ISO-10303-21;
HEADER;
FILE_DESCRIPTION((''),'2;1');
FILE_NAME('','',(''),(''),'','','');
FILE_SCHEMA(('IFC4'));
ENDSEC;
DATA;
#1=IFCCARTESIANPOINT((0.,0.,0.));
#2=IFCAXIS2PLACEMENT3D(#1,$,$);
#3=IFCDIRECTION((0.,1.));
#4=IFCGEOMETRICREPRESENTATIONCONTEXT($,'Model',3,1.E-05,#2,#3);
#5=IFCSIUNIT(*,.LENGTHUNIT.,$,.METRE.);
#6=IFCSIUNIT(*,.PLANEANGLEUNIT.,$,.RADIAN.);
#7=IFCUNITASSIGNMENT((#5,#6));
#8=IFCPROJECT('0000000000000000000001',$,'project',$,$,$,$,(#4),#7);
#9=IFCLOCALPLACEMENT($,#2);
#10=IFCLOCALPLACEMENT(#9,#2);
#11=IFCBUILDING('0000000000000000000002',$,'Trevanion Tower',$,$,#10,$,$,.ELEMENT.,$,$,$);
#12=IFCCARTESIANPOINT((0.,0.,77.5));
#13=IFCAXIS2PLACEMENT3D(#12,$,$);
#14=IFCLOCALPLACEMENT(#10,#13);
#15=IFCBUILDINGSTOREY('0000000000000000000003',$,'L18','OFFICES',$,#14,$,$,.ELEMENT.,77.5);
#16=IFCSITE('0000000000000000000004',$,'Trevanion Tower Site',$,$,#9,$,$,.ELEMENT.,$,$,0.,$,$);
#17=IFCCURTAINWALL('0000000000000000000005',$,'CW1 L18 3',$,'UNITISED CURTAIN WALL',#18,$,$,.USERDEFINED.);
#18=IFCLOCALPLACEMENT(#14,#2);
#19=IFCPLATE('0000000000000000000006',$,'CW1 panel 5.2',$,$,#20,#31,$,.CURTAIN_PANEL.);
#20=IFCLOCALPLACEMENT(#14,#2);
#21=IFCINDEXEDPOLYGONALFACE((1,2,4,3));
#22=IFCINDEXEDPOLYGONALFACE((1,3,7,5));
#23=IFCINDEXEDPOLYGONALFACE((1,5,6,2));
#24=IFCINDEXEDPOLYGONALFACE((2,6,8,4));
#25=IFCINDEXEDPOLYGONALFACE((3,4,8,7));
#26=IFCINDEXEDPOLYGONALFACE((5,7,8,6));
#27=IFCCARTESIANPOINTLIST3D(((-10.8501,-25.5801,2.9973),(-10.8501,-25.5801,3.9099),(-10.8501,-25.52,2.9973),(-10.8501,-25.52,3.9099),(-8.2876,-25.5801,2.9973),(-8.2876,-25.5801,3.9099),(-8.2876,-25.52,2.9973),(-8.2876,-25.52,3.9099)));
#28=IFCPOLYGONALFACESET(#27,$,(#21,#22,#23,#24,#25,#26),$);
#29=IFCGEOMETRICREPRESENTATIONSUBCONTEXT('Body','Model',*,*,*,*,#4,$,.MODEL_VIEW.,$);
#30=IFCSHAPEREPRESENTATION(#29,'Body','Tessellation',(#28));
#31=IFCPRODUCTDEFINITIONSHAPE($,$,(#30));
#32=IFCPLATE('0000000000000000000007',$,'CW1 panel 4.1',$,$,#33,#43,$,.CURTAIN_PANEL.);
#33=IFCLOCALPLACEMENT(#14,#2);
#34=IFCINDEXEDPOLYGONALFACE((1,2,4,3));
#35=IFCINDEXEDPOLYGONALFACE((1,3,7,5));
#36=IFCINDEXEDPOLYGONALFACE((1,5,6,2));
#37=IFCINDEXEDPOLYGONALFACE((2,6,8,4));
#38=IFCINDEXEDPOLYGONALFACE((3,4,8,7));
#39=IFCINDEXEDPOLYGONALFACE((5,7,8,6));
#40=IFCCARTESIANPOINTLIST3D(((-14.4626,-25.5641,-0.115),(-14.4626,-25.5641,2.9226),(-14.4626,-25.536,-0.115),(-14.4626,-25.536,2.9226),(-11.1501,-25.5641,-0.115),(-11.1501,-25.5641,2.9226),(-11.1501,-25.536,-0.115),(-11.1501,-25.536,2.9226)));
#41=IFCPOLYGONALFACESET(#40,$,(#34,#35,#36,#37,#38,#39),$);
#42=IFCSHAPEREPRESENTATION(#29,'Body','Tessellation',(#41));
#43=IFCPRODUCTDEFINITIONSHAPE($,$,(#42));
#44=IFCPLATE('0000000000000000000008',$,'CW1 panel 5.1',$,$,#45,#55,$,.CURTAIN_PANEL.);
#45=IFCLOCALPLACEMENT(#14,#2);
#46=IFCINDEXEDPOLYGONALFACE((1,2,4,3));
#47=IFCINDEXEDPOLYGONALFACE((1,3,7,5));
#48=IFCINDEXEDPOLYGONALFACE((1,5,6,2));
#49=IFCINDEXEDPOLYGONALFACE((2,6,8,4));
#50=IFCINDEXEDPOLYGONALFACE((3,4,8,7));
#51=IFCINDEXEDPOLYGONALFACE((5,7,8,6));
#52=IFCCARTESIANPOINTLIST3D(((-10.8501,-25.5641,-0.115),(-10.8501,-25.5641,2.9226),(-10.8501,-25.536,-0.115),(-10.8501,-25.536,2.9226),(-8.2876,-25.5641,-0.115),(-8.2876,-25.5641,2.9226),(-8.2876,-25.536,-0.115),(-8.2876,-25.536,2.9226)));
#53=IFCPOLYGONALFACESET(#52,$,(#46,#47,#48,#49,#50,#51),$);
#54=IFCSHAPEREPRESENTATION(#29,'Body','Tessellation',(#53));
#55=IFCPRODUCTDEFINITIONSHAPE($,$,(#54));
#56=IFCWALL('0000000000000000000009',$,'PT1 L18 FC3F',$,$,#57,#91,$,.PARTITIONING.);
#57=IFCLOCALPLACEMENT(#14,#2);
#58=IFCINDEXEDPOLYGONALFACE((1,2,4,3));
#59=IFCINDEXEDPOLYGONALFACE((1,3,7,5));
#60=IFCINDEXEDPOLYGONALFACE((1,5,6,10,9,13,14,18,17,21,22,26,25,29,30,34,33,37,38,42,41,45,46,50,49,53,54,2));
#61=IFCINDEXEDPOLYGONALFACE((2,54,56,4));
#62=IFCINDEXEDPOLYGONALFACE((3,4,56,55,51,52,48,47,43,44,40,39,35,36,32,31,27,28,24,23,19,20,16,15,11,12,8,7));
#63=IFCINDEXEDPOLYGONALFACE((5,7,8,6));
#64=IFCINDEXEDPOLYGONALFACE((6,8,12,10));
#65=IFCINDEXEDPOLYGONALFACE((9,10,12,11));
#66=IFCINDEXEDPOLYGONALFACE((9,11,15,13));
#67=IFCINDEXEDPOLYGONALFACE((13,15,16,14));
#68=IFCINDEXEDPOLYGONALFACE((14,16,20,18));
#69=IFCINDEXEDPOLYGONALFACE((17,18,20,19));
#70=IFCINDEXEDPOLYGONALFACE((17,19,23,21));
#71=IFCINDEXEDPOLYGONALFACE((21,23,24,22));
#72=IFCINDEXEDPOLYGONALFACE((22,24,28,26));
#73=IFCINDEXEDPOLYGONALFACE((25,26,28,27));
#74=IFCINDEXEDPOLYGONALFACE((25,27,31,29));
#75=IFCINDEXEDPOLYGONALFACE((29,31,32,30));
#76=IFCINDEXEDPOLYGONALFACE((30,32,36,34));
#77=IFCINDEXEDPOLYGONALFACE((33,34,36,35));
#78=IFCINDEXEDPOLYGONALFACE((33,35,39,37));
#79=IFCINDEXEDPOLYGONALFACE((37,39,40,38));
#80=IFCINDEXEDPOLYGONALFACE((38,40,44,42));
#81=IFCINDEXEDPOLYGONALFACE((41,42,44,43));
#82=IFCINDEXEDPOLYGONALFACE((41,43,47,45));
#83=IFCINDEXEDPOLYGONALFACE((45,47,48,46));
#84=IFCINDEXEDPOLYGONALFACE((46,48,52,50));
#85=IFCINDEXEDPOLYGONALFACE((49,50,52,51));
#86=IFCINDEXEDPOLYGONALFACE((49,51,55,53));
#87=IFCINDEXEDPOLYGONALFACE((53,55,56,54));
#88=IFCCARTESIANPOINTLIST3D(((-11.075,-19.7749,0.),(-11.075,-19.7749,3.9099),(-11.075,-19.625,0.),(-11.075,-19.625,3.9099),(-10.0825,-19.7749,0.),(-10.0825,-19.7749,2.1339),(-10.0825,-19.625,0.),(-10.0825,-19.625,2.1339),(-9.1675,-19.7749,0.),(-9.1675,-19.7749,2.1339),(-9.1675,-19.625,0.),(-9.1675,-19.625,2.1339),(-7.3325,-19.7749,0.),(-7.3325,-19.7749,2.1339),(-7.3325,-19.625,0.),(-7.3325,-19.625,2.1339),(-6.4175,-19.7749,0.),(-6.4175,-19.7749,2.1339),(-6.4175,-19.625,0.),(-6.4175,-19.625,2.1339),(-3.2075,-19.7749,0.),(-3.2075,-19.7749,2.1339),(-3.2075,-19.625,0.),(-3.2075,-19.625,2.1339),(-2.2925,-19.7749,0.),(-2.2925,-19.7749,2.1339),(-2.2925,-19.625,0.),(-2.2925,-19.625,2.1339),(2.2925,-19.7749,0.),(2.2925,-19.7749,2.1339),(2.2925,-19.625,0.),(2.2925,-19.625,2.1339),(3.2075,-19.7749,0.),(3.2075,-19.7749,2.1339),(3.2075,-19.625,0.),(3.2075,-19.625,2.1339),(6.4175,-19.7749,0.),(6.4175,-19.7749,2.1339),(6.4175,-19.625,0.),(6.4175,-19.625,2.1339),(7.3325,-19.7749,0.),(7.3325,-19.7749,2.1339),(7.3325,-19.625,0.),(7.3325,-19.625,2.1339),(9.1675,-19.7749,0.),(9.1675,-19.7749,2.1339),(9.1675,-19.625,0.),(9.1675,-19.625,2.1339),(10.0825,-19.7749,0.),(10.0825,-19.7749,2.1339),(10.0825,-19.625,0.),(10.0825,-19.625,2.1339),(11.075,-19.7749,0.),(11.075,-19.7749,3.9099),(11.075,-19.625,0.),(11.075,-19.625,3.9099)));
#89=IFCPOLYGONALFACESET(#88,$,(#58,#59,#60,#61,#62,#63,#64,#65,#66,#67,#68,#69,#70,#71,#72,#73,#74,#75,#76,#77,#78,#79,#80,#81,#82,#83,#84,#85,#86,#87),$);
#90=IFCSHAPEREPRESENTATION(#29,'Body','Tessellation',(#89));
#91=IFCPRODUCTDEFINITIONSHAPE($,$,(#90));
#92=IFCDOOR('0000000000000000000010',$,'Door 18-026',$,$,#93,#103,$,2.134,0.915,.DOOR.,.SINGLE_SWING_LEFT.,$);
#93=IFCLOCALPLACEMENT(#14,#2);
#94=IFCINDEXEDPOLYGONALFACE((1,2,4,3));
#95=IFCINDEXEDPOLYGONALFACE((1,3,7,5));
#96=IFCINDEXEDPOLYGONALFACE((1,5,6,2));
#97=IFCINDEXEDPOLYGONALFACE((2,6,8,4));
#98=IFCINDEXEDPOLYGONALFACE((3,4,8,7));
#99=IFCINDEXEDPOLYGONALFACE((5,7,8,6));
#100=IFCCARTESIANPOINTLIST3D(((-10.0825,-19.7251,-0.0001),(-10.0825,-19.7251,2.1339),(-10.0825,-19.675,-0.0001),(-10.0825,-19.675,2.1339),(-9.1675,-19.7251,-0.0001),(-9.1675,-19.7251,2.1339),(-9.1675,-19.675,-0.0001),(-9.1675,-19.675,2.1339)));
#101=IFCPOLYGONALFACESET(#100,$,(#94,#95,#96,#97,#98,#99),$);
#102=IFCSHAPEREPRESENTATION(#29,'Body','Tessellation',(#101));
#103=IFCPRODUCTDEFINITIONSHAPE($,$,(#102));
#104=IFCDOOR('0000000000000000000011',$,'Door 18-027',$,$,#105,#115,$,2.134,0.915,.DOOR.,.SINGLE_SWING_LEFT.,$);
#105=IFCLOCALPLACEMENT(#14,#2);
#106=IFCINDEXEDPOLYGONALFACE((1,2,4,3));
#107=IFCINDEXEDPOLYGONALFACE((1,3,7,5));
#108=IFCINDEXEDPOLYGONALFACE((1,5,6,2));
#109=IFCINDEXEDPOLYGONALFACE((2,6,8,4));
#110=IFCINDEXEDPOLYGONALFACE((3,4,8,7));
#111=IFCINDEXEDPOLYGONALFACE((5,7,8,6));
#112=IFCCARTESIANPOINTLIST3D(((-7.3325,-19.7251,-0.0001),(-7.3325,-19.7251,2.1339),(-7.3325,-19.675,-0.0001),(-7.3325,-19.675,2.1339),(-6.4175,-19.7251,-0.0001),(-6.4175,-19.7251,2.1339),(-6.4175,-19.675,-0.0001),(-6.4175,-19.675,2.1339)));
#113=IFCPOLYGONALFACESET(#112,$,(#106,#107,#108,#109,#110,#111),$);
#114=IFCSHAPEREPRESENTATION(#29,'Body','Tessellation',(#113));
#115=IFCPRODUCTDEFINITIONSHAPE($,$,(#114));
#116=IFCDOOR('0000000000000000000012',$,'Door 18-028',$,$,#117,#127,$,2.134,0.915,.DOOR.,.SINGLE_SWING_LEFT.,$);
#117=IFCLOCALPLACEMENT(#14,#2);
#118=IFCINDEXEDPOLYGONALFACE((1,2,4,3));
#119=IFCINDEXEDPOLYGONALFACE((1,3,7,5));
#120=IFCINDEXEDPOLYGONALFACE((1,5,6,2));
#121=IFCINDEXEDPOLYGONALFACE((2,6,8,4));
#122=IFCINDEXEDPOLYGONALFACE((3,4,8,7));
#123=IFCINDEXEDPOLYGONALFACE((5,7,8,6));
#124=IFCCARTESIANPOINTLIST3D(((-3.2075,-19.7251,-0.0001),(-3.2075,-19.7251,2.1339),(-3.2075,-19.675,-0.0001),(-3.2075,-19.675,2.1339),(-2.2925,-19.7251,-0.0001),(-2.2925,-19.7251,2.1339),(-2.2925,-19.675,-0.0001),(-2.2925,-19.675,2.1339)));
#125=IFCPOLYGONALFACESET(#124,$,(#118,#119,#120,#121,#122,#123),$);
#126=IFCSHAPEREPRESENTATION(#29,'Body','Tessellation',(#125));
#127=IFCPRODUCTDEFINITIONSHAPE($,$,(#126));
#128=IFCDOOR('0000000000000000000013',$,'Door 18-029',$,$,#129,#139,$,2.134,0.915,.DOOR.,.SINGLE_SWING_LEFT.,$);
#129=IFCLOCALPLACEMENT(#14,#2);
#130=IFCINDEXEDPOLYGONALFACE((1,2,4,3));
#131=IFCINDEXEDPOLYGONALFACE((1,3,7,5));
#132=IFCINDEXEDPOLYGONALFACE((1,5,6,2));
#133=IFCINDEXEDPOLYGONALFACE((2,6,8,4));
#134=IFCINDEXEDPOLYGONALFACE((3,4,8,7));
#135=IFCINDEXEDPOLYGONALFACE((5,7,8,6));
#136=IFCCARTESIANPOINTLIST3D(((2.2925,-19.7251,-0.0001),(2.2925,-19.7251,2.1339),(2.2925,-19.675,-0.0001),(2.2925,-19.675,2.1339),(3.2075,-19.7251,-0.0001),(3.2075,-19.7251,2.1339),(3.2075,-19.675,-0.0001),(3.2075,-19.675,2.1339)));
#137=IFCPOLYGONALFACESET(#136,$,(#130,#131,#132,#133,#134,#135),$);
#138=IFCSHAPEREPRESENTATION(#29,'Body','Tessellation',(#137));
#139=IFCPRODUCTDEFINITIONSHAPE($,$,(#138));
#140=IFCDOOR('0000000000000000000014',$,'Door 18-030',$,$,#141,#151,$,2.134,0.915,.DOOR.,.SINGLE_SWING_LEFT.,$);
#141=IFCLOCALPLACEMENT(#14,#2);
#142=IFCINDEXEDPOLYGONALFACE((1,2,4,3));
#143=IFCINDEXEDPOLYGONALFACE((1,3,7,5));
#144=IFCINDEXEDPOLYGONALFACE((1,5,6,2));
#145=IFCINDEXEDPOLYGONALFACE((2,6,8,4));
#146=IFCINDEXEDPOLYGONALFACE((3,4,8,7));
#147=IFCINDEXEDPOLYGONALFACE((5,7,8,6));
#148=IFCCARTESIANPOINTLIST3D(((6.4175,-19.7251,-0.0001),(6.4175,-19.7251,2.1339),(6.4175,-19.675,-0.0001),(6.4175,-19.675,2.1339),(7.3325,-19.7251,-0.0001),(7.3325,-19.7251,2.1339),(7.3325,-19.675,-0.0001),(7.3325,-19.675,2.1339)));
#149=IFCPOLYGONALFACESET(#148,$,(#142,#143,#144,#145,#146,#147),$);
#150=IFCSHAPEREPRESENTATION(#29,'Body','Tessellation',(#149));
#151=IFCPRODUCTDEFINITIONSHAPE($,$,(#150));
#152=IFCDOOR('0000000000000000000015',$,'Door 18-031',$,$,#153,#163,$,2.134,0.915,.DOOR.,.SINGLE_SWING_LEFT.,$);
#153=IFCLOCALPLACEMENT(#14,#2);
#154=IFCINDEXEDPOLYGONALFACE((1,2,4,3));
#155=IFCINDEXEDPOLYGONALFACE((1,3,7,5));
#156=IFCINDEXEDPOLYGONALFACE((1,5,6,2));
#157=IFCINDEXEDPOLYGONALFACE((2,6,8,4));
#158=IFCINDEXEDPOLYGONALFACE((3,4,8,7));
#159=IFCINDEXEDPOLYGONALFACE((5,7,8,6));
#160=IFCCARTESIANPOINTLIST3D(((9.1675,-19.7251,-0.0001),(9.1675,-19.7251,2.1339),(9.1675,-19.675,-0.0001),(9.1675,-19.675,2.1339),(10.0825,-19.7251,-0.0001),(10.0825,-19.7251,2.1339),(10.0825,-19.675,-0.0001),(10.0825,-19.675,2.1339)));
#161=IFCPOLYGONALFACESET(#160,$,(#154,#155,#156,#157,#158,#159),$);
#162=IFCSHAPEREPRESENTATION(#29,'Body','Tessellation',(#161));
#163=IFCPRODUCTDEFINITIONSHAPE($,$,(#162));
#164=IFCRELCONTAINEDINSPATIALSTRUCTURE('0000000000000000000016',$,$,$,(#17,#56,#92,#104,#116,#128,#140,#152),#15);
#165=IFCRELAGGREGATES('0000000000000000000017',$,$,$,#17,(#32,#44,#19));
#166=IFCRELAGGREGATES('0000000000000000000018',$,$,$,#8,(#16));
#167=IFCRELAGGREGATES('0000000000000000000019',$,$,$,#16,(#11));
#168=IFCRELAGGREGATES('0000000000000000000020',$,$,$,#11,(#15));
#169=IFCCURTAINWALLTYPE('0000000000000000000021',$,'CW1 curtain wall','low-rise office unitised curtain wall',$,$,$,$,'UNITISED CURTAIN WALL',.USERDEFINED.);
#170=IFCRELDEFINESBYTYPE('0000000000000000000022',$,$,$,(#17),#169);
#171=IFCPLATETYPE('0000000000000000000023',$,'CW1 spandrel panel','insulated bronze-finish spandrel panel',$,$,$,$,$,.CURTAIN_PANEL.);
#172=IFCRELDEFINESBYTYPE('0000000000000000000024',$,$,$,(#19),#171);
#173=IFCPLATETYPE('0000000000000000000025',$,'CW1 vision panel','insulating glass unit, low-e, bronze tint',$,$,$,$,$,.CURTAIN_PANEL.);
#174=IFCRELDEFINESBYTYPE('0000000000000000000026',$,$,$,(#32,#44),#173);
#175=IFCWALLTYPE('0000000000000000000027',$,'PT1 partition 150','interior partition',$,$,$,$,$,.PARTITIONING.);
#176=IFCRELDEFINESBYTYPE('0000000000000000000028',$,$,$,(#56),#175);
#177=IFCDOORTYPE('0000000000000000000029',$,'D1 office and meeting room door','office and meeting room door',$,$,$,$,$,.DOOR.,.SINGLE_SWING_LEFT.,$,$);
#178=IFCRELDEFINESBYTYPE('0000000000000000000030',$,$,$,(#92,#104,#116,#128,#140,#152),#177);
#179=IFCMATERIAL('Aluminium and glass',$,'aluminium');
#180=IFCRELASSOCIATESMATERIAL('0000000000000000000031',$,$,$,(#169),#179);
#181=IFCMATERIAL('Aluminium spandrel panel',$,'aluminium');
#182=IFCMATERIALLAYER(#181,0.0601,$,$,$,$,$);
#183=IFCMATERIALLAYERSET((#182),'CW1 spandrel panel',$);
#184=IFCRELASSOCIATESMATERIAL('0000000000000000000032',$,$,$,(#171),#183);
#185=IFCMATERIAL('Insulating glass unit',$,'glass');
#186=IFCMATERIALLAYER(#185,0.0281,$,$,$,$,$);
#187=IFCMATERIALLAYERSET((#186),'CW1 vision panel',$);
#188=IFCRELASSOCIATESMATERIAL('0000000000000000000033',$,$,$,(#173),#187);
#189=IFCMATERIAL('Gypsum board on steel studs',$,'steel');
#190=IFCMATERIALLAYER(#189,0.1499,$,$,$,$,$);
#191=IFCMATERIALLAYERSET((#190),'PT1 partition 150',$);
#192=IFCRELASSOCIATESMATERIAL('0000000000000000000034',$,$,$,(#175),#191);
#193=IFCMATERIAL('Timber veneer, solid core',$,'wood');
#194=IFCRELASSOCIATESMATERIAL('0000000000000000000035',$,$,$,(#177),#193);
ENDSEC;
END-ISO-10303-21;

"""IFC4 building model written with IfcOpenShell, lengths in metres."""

from ifc_helpers import new_model, si_unit, direction, frame, frame_2d, origin, origin_2d, place, context, subcontext, project, spatial, rectangle, extrude, material, layer, layer_set, type_object, element, fill, aggregate, save


model = new_model("IFC4")

# Units and contexts
model_context = context("Model", 3, precision=1e-05, world=origin(), true_north=direction((0.0, 1.0)))
body_context = subcontext(model_context, "Body", "Model", "MODEL_VIEW")
ifc_project = project(units=[si_unit("LENGTHUNIT", "METRE"), si_unit("PLANEANGLEUNIT", "RADIAN")], contexts=[model_context])

# Site, building, storey
site_placement = place(None, origin())
site = spatial("IfcSite", under=ifc_project, at=site_placement, Name="Trevanion Tower Site", CompositionType="ELEMENT", RefElevation=0.0)
building_placement = place(site_placement, origin())
building = spatial("IfcBuilding", under=site, at=building_placement, Name="Trevanion Tower", CompositionType="ELEMENT")
storey_placement = place(building_placement, frame((0.0, 0.0, 77.5)))
storey = spatial("IfcBuildingStorey", under=building, at=storey_placement, Name="L18", Description="OFFICES", CompositionType="ELEMENT", Elevation=77.5)

# Curtain wall
ifc_material_1 = material(Name="Aluminium and glass", Category="aluminium")
curtain_wall_type = type_object("IfcCurtainWallType", Name="CW1 curtain wall", Description="low-rise office unitised curtain wall", ElementType="UNITISED CURTAIN WALL", PredefinedType="USERDEFINED", material=ifc_material_1)
curtain_wall_placement = place(storey_placement, origin())
curtain_wall = element("IfcCurtainWall", 1, at=curtain_wall_placement, inside=storey, type_object=curtain_wall_type, Name="CW1 L18 3", ObjectType="UNITISED CURTAIN WALL", PredefinedType="USERDEFINED")

# Plates
ifc_material_2 = material(Name="Aluminium spandrel panel", Category="aluminium")
ifc_layer_1 = layer(ifc_material_2, 0.0601)
ifc_layer_set_1 = layer_set([ifc_layer_1], Name="CW1 spandrel panel")
plate_type_1 = type_object("IfcPlateType", Name="CW1 spandrel panel", Description="insulated bronze-finish spandrel panel", PredefinedType="CURTAIN_PANEL", material=ifc_layer_set_1)
plate_1_placement = place(storey_placement, frame((-9.5688, -25.55, 2.9973), z_axis=(0.0, 0.0, 1.0), x_axis=(1.0, 0.0, 0.0)))
plate_1 = element("IfcPlate", 2, at=plate_1_placement, type_object=plate_type_1, Name="CW1 panel 5.2", PredefinedType="CURTAIN_PANEL", context=body_context, shape_type="SweptSolid", body=[
    extrude(rectangle(XDim=2.5625, YDim=0.0601, at=origin_2d()), origin(), (0.0, 0.0, 1.0), 0.9126),
])
ifc_material_3 = material(Name="Insulating glass unit", Category="glass")
ifc_layer_2 = layer(ifc_material_3, 0.0281)
ifc_layer_set_2 = layer_set([ifc_layer_2], Name="CW1 vision panel")
plate_type_2 = type_object("IfcPlateType", Name="CW1 vision panel", Description="insulating glass unit, low-e, bronze tint", PredefinedType="CURTAIN_PANEL", material=ifc_layer_set_2)
plate_2_placement = place(storey_placement, frame((-12.8064, -25.55, -0.115), z_axis=(0.0, 0.0, 1.0), x_axis=(1.0, 0.0, 0.0)))
plate_2 = element("IfcPlate", 3, at=plate_2_placement, type_object=plate_type_2, Name="CW1 panel 4.1", PredefinedType="CURTAIN_PANEL", context=body_context, shape_type="SweptSolid", body=[
    extrude(rectangle(XDim=3.3125, YDim=0.0281, at=origin_2d()), origin(), (0.0, 0.0, 1.0), 3.0376),
])
plate_3_placement = place(storey_placement, frame((-9.5688, -25.55, -0.115), z_axis=(0.0, 0.0, 1.0), x_axis=(1.0, 0.0, 0.0)))
plate_3 = element("IfcPlate", 4, at=plate_3_placement, type_object=plate_type_2, Name="CW1 panel 5.1", PredefinedType="CURTAIN_PANEL", context=body_context, shape_type="SweptSolid", body=[
    extrude(rectangle(XDim=2.5625, YDim=0.0281, at=origin_2d()), origin(), (0.0, 0.0, 1.0), 3.0376),
])
aggregate(curtain_wall, [plate_2, plate_3, plate_1])

# Wall, openings, doors
ifc_material_4 = material(Name="Gypsum board on steel studs", Category="steel")
ifc_layer_3 = layer(ifc_material_4, 0.1499)
ifc_layer_set_3 = layer_set([ifc_layer_3], Name="PT1 partition 150")
wall_type = type_object("IfcWallType", Name="PT1 partition 150", Description="interior partition", PredefinedType="PARTITIONING", material=ifc_layer_set_3)
wall_1_placement = place(storey_placement, frame((-11.075, -19.7, 0.0), z_axis=(0.0, 0.0, 1.0), x_axis=(1.0, 0.0, 0.0)))
wall_1 = element("IfcWall", 5, at=wall_1_placement, inside=storey, type_object=wall_type, Name="PT1 L18 FC3F", PredefinedType="PARTITIONING", context=body_context, shape_type="SweptSolid", body=[
    extrude(rectangle(XDim=22.1499, YDim=0.1499, at=frame_2d((11.075, 0.0))), origin(), (0.0, 0.0, 1.0), 3.9099),
])
opening_1_placement = place(wall_1_placement, frame((0.9924, 0.0, 0.0)))
opening_1 = element("IfcOpeningElement", 6, at=opening_1_placement, cuts=wall_1, PredefinedType="OPENING", context=body_context, shape_type="SweptSolid", body=[
    extrude(rectangle(XDim=0.915, YDim=2.134, at=frame_2d((0.4575, 1.0669))), frame((0.0, 0.085, 0.0), z_axis=(0.0, -1.0, 0.0), x_axis=(1.0, 0.0, 0.0)), (0.0, 0.0, 1.0), 0.1699),
])
opening_2_placement = place(wall_1_placement, frame((3.7424, 0.0, 0.0)))
opening_2 = element("IfcOpeningElement", 7, at=opening_2_placement, cuts=wall_1, PredefinedType="OPENING", context=body_context, shape_type="SweptSolid", body=[
    extrude(rectangle(XDim=0.915, YDim=2.134, at=frame_2d((0.4575, 1.0669))), frame((0.0, 0.085, 0.0), z_axis=(0.0, -1.0, 0.0), x_axis=(1.0, 0.0, 0.0)), (0.0, 0.0, 1.0), 0.1699),
])
opening_3_placement = place(wall_1_placement, frame((7.8674, 0.0, 0.0)))
opening_3 = element("IfcOpeningElement", 8, at=opening_3_placement, cuts=wall_1, PredefinedType="OPENING", context=body_context, shape_type="SweptSolid", body=[
    extrude(rectangle(XDim=0.915, YDim=2.134, at=frame_2d((0.4575, 1.0669))), frame((0.0, 0.085, 0.0), z_axis=(0.0, -1.0, 0.0), x_axis=(1.0, 0.0, 0.0)), (0.0, 0.0, 1.0), 0.1699),
])
opening_4_placement = place(wall_1_placement, frame((13.3674, 0.0, 0.0)))
opening_4 = element("IfcOpeningElement", 9, at=opening_4_placement, cuts=wall_1, PredefinedType="OPENING", context=body_context, shape_type="SweptSolid", body=[
    extrude(rectangle(XDim=0.915, YDim=2.134, at=frame_2d((0.4575, 1.0669))), frame((0.0, 0.085, 0.0), z_axis=(0.0, -1.0, 0.0), x_axis=(1.0, 0.0, 0.0)), (0.0, 0.0, 1.0), 0.1699),
])
opening_5_placement = place(wall_1_placement, frame((17.4924, 0.0, 0.0)))
opening_5 = element("IfcOpeningElement", 10, at=opening_5_placement, cuts=wall_1, PredefinedType="OPENING", context=body_context, shape_type="SweptSolid", body=[
    extrude(rectangle(XDim=0.915, YDim=2.134, at=frame_2d((0.4575, 1.0669))), frame((0.0, 0.085, 0.0), z_axis=(0.0, -1.0, 0.0), x_axis=(1.0, 0.0, 0.0)), (0.0, 0.0, 1.0), 0.1699),
])
opening_6_placement = place(wall_1_placement, frame((20.2424, 0.0, 0.0)))
opening_6 = element("IfcOpeningElement", 11, at=opening_6_placement, cuts=wall_1, PredefinedType="OPENING", context=body_context, shape_type="SweptSolid", body=[
    extrude(rectangle(XDim=0.915, YDim=2.134, at=frame_2d((0.4575, 1.0669))), frame((0.0, 0.085, 0.0), z_axis=(0.0, -1.0, 0.0), x_axis=(1.0, 0.0, 0.0)), (0.0, 0.0, 1.0), 0.1699),
])
ifc_material_5 = material(Name="Timber veneer, solid core", Category="wood")
door_type = type_object("IfcDoorType", Name="D1 office and meeting room door", Description="office and meeting room door", OperationType="SINGLE_SWING_LEFT", PredefinedType="DOOR", material=ifc_material_5)
door_1_placement = place(opening_1_placement, origin())
door_1 = element("IfcDoor", 12, at=door_1_placement, inside=storey, type_object=door_type, Name="Door 18-026", OperationType="SINGLE_SWING_LEFT", OverallHeight=2.134, OverallWidth=0.915, PredefinedType="DOOR", context=body_context, shape_type="SweptSolid", body=[
    extrude(rectangle(XDim=0.915, YDim=2.134, at=frame_2d((0.4575, 1.0669))), frame((0.0, 0.0249, 0.0), z_axis=(0.0, -1.0, 0.0), x_axis=(1.0, 0.0, 0.0)), (0.0, 0.0, 1.0), 0.05),
])
fill(opening_1, door_1)
door_2_placement = place(opening_2_placement, origin())
door_2 = element("IfcDoor", 13, at=door_2_placement, inside=storey, type_object=door_type, Name="Door 18-027", OperationType="SINGLE_SWING_LEFT", OverallHeight=2.134, OverallWidth=0.915, PredefinedType="DOOR", context=body_context, shape_type="SweptSolid", body=[
    extrude(rectangle(XDim=0.915, YDim=2.134, at=frame_2d((0.4575, 1.0669))), frame((0.0, 0.0249, 0.0), z_axis=(0.0, -1.0, 0.0), x_axis=(1.0, 0.0, 0.0)), (0.0, 0.0, 1.0), 0.05),
])
fill(opening_2, door_2)
door_3_placement = place(opening_3_placement, origin())
door_3 = element("IfcDoor", 14, at=door_3_placement, inside=storey, type_object=door_type, Name="Door 18-028", OperationType="SINGLE_SWING_LEFT", OverallHeight=2.134, OverallWidth=0.915, PredefinedType="DOOR", context=body_context, shape_type="SweptSolid", body=[
    extrude(rectangle(XDim=0.915, YDim=2.134, at=frame_2d((0.4575, 1.0669))), frame((0.0, 0.0249, 0.0), z_axis=(0.0, -1.0, 0.0), x_axis=(1.0, 0.0, 0.0)), (0.0, 0.0, 1.0), 0.05),
])
fill(opening_3, door_3)
door_4_placement = place(opening_4_placement, origin())
door_4 = element("IfcDoor", 15, at=door_4_placement, inside=storey, type_object=door_type, Name="Door 18-029", OperationType="SINGLE_SWING_LEFT", OverallHeight=2.134, OverallWidth=0.915, PredefinedType="DOOR", context=body_context, shape_type="SweptSolid", body=[
    extrude(rectangle(XDim=0.915, YDim=2.134, at=frame_2d((0.4575, 1.0669))), frame((0.0, 0.0249, 0.0), z_axis=(0.0, -1.0, 0.0), x_axis=(1.0, 0.0, 0.0)), (0.0, 0.0, 1.0), 0.05),
])
fill(opening_4, door_4)
door_5_placement = place(opening_5_placement, origin())
door_5 = element("IfcDoor", 16, at=door_5_placement, inside=storey, type_object=door_type, Name="Door 18-030", OperationType="SINGLE_SWING_LEFT", OverallHeight=2.134, OverallWidth=0.915, PredefinedType="DOOR", context=body_context, shape_type="SweptSolid", body=[
    extrude(rectangle(XDim=0.915, YDim=2.134, at=frame_2d((0.4575, 1.0669))), frame((0.0, 0.0249, 0.0), z_axis=(0.0, -1.0, 0.0), x_axis=(1.0, 0.0, 0.0)), (0.0, 0.0, 1.0), 0.05),
])
fill(opening_5, door_5)
door_6_placement = place(opening_6_placement, origin())
door_6 = element("IfcDoor", 17, at=door_6_placement, inside=storey, type_object=door_type, Name="Door 18-031", OperationType="SINGLE_SWING_LEFT", OverallHeight=2.134, OverallWidth=0.915, PredefinedType="DOOR", context=body_context, shape_type="SweptSolid", body=[
    extrude(rectangle(XDim=0.915, YDim=2.134, at=frame_2d((0.4575, 1.0669))), frame((0.0, 0.0249, 0.0), z_axis=(0.0, -1.0, 0.0), x_axis=(1.0, 0.0, 0.0)), (0.0, 0.0, 1.0), 0.05),
])
fill(opening_6, door_6)

save(model, "model.ifc")
